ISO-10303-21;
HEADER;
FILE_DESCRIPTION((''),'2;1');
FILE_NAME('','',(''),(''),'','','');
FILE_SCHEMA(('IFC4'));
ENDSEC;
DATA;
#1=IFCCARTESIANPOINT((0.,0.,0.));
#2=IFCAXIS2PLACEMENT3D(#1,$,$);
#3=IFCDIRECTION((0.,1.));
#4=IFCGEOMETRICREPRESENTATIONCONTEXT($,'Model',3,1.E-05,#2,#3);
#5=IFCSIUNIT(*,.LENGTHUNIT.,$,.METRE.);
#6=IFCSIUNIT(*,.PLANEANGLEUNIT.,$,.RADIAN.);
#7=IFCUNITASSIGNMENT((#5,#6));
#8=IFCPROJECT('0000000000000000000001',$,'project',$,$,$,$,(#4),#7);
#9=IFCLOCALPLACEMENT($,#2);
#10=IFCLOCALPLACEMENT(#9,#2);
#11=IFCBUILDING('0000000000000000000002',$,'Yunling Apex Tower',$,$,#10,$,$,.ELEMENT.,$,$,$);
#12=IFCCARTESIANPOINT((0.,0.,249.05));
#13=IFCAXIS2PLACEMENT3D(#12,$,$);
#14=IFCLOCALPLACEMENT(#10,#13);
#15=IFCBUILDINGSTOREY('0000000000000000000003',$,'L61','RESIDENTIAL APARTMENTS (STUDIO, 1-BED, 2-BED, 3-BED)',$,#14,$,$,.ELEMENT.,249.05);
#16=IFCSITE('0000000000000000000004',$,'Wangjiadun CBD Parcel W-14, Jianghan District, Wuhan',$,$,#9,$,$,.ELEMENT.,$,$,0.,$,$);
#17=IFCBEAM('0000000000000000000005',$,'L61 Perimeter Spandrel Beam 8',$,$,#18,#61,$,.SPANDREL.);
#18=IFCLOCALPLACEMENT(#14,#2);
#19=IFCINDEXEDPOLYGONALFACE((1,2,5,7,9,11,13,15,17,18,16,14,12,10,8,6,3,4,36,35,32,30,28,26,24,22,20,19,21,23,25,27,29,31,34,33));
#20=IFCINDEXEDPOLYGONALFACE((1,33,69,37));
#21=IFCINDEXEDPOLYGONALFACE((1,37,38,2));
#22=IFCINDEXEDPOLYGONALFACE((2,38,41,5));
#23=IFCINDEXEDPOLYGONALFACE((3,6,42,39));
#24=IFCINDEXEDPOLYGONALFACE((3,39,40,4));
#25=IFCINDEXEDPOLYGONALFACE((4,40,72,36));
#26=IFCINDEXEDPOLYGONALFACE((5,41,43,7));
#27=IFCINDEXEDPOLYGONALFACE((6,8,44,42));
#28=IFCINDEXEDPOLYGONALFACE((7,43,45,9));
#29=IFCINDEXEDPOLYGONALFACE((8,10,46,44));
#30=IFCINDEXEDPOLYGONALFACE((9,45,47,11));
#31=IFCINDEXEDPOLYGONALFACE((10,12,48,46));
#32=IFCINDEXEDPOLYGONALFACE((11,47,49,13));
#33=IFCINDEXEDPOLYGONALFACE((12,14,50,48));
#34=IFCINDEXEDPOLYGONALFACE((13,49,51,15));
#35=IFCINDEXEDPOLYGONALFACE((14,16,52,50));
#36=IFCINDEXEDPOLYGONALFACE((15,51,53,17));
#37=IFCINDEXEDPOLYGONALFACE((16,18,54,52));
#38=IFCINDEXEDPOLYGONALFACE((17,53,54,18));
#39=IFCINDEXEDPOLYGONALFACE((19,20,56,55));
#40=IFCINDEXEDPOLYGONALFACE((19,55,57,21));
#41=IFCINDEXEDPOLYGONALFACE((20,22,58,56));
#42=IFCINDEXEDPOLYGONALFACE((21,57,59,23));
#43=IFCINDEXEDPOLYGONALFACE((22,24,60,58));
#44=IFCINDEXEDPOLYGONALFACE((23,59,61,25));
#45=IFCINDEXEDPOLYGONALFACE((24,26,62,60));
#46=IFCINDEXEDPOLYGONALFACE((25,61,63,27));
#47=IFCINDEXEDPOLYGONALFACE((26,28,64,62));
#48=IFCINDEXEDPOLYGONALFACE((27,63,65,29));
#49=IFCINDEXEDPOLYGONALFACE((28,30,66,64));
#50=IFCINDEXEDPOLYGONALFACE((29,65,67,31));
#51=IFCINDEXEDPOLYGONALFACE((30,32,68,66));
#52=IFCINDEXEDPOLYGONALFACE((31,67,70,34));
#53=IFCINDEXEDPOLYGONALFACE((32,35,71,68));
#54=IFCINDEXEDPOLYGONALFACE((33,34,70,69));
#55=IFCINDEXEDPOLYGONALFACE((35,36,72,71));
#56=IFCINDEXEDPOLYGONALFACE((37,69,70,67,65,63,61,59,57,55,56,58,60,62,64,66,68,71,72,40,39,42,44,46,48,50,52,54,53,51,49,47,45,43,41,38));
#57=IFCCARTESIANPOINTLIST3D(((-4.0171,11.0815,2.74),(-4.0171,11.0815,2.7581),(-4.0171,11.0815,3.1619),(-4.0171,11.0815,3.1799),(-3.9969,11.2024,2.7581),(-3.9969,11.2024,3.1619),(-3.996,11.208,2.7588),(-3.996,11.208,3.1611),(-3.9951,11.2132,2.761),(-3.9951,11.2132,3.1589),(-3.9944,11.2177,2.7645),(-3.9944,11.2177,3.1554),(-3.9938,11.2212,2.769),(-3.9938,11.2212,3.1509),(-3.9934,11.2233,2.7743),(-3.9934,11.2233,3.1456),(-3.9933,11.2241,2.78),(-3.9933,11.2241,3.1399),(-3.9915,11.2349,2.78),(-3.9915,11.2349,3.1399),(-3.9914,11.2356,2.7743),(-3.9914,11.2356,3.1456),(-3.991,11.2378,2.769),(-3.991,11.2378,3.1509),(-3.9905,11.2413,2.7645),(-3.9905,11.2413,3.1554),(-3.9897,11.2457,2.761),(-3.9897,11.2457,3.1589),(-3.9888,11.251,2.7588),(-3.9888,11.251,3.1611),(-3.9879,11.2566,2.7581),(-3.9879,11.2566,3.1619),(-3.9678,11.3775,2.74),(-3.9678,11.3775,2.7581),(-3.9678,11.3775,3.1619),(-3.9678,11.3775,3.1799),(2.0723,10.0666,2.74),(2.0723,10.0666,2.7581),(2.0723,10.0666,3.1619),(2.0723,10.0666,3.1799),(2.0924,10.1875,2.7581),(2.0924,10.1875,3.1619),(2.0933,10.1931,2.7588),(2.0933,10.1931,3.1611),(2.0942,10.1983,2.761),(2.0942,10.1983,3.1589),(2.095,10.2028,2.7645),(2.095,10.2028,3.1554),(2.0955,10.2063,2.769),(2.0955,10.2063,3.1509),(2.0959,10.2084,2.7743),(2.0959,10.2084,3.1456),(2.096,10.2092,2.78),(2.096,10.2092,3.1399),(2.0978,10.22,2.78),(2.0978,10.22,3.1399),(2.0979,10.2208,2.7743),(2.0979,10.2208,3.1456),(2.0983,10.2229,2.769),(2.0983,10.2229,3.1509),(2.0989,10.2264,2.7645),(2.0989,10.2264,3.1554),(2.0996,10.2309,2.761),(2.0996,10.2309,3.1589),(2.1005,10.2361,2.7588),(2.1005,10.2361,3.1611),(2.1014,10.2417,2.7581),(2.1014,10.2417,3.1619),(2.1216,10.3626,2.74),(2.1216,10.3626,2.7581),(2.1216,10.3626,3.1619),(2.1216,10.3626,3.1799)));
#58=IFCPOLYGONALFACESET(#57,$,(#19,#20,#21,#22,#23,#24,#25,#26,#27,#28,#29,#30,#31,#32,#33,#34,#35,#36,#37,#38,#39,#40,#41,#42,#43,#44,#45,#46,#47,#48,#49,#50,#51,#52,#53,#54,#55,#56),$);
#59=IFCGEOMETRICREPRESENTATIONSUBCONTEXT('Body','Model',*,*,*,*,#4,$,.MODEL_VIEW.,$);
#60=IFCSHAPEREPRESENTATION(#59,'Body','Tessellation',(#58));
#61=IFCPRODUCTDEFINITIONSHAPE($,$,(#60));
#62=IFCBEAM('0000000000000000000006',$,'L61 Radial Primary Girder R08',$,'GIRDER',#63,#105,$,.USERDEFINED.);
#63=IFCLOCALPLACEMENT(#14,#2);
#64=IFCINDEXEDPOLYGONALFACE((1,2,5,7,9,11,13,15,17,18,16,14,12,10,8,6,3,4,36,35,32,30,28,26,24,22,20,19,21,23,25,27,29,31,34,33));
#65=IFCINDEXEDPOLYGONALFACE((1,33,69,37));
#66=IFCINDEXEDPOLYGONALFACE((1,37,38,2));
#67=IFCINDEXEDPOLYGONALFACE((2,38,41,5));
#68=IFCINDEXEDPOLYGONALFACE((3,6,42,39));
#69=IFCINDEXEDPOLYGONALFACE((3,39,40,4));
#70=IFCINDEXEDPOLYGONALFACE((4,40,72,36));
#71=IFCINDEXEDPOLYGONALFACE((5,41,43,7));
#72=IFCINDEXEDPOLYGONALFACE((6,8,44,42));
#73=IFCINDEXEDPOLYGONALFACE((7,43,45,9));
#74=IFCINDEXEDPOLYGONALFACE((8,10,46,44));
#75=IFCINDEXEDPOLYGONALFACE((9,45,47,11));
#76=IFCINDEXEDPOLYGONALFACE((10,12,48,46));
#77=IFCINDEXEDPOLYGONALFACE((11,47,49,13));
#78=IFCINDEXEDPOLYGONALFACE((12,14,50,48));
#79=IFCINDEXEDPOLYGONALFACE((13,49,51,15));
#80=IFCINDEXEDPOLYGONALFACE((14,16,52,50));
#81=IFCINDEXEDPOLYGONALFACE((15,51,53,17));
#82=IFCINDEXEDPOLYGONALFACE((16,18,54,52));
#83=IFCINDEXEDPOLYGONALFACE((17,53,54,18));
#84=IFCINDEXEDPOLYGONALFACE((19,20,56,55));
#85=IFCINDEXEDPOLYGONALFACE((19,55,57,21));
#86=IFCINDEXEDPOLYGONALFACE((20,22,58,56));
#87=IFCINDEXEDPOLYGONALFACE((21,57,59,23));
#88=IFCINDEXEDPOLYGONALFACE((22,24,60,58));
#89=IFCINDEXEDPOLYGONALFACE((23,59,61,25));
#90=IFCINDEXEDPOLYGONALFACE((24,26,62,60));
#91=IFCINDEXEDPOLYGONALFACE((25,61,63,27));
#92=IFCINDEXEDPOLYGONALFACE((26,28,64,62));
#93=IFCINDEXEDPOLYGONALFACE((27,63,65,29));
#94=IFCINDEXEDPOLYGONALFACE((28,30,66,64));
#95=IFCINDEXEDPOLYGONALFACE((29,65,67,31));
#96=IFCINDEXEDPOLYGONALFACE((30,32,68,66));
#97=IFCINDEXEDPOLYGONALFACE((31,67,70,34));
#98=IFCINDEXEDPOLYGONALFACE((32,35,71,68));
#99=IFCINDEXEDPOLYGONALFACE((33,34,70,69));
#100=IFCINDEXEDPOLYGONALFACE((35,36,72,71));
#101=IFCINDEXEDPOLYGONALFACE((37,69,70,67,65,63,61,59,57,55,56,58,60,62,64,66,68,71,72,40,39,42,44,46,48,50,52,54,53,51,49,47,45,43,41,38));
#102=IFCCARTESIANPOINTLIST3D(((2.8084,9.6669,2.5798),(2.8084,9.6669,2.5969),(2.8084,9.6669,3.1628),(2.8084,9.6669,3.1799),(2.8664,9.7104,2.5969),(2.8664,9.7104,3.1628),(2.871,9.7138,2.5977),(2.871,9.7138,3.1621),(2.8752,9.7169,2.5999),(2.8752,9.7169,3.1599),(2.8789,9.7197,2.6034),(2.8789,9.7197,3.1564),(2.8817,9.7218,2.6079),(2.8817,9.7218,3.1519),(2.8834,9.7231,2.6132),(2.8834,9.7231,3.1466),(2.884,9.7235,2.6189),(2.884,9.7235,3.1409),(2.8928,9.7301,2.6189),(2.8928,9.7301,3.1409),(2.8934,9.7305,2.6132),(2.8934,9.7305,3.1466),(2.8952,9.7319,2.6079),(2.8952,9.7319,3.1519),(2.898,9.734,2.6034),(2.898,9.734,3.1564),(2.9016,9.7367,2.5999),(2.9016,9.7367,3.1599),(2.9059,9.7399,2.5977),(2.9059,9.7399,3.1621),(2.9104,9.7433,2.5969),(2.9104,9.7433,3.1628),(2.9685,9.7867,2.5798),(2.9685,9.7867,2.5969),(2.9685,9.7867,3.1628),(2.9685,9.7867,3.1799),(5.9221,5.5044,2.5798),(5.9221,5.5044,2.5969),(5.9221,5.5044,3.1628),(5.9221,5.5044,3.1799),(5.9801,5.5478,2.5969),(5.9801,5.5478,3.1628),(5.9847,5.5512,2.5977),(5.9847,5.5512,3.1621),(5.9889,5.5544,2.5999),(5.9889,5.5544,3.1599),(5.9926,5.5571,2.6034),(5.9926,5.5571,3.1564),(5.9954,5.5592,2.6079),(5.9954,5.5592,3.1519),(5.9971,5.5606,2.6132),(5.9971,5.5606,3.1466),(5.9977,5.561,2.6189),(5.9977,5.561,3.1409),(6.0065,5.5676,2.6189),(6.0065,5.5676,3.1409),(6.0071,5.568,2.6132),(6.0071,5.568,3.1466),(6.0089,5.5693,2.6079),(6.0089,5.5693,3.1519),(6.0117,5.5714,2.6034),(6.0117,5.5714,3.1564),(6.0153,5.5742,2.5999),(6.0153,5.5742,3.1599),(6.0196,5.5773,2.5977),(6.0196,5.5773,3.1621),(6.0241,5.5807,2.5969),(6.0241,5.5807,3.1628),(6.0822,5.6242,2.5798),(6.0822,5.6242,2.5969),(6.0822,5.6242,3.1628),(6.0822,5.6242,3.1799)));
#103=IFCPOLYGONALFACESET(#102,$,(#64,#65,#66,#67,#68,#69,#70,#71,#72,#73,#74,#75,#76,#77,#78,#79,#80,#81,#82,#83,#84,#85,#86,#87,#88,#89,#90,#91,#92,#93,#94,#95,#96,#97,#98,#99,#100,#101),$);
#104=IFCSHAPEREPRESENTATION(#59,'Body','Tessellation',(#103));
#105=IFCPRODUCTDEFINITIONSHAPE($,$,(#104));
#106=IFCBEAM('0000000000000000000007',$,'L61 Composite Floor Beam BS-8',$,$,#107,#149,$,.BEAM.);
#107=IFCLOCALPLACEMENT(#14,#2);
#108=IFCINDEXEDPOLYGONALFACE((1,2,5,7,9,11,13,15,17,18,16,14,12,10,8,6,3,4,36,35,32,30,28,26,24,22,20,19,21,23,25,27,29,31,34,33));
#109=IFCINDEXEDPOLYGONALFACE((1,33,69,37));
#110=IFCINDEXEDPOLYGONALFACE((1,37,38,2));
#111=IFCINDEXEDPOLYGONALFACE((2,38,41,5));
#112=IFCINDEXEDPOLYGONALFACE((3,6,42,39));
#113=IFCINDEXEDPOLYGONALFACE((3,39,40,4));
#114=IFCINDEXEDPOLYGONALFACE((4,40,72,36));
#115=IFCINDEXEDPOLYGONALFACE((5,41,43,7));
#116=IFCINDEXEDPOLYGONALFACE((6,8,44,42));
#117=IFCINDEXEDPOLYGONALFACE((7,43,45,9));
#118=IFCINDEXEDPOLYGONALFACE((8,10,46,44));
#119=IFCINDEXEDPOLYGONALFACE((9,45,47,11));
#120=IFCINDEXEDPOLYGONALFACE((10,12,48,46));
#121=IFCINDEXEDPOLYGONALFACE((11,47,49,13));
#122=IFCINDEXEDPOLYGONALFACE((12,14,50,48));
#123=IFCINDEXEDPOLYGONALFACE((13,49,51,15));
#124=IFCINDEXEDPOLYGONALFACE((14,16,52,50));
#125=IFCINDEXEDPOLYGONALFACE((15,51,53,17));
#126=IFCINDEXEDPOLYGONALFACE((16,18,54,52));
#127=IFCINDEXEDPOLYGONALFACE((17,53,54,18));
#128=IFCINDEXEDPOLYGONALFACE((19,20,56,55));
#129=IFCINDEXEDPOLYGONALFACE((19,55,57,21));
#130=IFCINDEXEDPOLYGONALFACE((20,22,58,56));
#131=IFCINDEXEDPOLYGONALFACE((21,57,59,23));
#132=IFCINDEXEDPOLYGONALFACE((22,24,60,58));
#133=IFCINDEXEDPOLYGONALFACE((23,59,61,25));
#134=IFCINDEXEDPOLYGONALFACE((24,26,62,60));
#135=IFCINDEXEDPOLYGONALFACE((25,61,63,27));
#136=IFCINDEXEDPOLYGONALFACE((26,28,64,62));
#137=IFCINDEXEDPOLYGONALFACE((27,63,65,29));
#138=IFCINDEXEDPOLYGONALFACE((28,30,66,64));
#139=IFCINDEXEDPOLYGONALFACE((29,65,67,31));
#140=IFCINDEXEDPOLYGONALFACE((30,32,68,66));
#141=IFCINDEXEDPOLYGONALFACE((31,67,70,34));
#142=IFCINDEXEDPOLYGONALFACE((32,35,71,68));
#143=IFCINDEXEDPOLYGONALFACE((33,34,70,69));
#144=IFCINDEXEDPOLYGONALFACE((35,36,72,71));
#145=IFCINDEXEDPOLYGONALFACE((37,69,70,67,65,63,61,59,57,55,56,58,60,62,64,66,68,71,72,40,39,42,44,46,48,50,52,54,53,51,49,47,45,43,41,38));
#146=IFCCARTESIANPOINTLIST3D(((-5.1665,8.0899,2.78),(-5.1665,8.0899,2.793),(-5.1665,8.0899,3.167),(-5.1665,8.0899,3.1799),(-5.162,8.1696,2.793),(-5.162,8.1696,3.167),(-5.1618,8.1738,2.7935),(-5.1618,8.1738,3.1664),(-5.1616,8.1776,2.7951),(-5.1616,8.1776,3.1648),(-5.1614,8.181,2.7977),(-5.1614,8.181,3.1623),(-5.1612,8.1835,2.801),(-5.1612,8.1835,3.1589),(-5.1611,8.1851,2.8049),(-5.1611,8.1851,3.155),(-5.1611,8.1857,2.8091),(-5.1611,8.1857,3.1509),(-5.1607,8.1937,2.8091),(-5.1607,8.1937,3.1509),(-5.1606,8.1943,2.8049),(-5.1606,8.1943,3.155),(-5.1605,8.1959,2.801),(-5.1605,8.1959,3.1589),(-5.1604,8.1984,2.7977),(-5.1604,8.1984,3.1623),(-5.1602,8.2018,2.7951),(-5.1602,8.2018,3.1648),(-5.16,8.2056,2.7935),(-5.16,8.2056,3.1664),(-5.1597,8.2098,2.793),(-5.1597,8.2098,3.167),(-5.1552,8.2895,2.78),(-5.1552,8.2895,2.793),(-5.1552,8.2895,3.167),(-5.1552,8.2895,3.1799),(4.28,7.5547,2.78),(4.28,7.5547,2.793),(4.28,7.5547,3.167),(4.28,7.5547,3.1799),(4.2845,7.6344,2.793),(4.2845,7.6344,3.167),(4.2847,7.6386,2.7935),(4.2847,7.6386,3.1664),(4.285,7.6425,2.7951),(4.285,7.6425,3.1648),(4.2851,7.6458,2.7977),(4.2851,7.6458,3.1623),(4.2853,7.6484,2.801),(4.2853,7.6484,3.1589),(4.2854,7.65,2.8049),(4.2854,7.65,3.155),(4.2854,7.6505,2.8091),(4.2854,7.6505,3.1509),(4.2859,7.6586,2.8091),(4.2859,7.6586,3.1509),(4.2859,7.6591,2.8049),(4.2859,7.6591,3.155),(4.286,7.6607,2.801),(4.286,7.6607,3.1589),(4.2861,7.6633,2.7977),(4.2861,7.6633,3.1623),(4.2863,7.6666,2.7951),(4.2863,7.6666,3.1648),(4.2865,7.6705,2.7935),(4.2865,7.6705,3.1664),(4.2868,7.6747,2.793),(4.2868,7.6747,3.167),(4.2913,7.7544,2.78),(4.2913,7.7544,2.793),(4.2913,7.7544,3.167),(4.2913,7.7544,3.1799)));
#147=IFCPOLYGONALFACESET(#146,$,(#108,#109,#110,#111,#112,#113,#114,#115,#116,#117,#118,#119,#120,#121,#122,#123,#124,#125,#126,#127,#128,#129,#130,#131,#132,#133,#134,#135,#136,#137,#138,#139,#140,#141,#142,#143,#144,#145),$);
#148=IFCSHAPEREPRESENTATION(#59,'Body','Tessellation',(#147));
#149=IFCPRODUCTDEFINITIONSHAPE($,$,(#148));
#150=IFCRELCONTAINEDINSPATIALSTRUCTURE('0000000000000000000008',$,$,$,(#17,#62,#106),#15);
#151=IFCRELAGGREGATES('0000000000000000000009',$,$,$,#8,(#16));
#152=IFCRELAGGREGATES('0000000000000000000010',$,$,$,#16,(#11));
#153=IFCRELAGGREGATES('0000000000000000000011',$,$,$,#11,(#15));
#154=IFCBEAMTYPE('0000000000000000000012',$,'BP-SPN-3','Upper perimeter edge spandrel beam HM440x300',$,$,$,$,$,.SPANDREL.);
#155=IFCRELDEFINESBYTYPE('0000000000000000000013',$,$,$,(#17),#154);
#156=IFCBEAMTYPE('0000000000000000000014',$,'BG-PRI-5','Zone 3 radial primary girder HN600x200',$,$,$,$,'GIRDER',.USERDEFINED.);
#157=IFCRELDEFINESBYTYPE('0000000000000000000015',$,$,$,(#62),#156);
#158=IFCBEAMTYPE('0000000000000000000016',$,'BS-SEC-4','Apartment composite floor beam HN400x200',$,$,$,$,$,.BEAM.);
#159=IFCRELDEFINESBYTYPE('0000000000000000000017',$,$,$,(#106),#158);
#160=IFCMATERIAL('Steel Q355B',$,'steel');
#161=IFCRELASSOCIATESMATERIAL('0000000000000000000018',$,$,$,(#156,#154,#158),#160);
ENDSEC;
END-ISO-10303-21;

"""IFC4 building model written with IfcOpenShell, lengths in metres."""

from ifc_helpers import new_model, si_unit, direction, frame, origin, origin_2d, place, context, subcontext, project, spatial, i_section, extrude, source, transform, mapped, material, material_profile, profile_set, type_object, element, save


model = new_model("IFC4")

# Units and contexts
model_context = context("Model", 3, precision=1e-05, world=origin(), true_north=direction((0.0, 1.0)))
body_context = subcontext(model_context, "Body", "Model", "MODEL_VIEW")
ifc_project = project(units=[si_unit("LENGTHUNIT", "METRE"), si_unit("PLANEANGLEUNIT", "RADIAN")], contexts=[model_context])

# Site, building, storey
site_placement = place(None, origin())
site = spatial("IfcSite", under=ifc_project, at=site_placement, Name="Wangjiadun CBD Parcel W-14, Jianghan District, Wuhan", CompositionType="ELEMENT", RefElevation=0.0)
building_placement = place(site_placement, origin())
building = spatial("IfcBuilding", under=site, at=building_placement, Name="Yunling Apex Tower", CompositionType="ELEMENT")
storey_placement = place(building_placement, frame((0.0, 0.0, 249.05)))
storey = spatial("IfcBuildingStorey", under=building, at=storey_placement, Name="L61", Description="RESIDENTIAL APARTMENTS (STUDIO, 1-BED, 2-BED, 3-BED)", CompositionType="ELEMENT", Elevation=249.05)

# Beams
ifc_material_1 = material(Name="Steel Q355B", Category="steel")
ifc_material_profile_1 = material_profile(ifc_material_1, i_section(OverallWidth=0.2, OverallDepth=0.6001, WebThickness=0.011, FlangeThickness=0.0171, FilletRadius=0.022, at=origin_2d()))
ifc_profile_set_1 = profile_set([ifc_material_profile_1], Name="Steel Q355B")
beam_type_1 = type_object("IfcBeamType", Name="BG-PRI-5", Description="Zone 3 radial primary girder HN600x200", ElementType="GIRDER", PredefinedType="USERDEFINED", material=ifc_profile_set_1)
ifc_material_profile_2 = material_profile(ifc_material_1, i_section(OverallWidth=0.3, OverallDepth=0.4399, WebThickness=0.011, FlangeThickness=0.0181, FilletRadius=0.022, at=origin_2d()))
ifc_profile_set_2 = profile_set([ifc_material_profile_2], Name="Steel Q355B")
beam_type_2 = type_object("IfcBeamType", Name="BP-SPN-3", Description="Upper perimeter edge spandrel beam HM440x300", PredefinedType="SPANDREL", material=ifc_profile_set_2)
shared_shape_1 = source(origin(), body_context, "Body", "SweptSolid", [
    extrude(i_section(OverallWidth=0.3, OverallDepth=0.4399, WebThickness=0.011, FlangeThickness=0.0181, FilletRadius=0.022, at=origin_2d()), origin(), (0.0, 0.0, 1.0), 6.1733),
])
beam_1_placement = place(storey_placement, frame((2.0969, 10.2146, 2.96), z_axis=(-0.986394, 0.164399, 0.0), x_axis=(-0.164399, -0.986394, 0.0)))
element("IfcBeam", 1, at=beam_1_placement, inside=storey, type_object=beam_type_2, Name="L61 Perimeter Spandrel Beam 8", PredefinedType="SPANDREL", context=body_context, shape_type="MappedRepresentation", body=[
    mapped(shared_shape_1, transform((0.0, 0.0, 0.0), scale=1.0)),
])
shared_shape_2 = source(origin(), body_context, "Body", "SweptSolid", [
    extrude(i_section(OverallWidth=0.2, OverallDepth=0.6001, WebThickness=0.011, FlangeThickness=0.0171, FilletRadius=0.022, at=origin_2d()), origin(), (0.0, 0.0, 1.0), 5.1982),
])
beam_2_placement = place(storey_placement, frame((2.8884, 9.7268, 2.8799), z_axis=(0.598993, -0.800755, 0.0), x_axis=(0.800755, 0.598993, 0.0)))
element("IfcBeam", 2, at=beam_2_placement, inside=storey, type_object=beam_type_1, Name="L61 Radial Primary Girder R08", ObjectType="GIRDER", PredefinedType="USERDEFINED", context=body_context, shape_type="MappedRepresentation", body=[
    mapped(shared_shape_2, transform((0.0, 0.0, 0.0), scale=1.0)),
])
ifc_material_profile_3 = material_profile(ifc_material_1, i_section(OverallWidth=0.2, OverallDepth=0.3999, WebThickness=0.0081, FlangeThickness=0.0129, FilletRadius=0.0161, at=origin_2d()))
ifc_profile_set_3 = profile_set([ifc_material_profile_3], Name="Steel Q355B")
beam_type_3 = type_object("IfcBeamType", Name="BS-SEC-4", Description="Apartment composite floor beam HN400x200", PredefinedType="BEAM", material=ifc_profile_set_3)
shared_shape_3 = source(origin(), body_context, "Body", "SweptSolid", [
    extrude(i_section(OverallWidth=0.2, OverallDepth=0.3999, WebThickness=0.0081, FlangeThickness=0.0129, FilletRadius=0.0161, at=origin_2d()), origin(), (0.0, 0.0, 1.0), 9.4617),
])
beam_3_placement = place(storey_placement, frame((4.2856, 7.6545, 2.98), z_axis=(-0.998399, 0.05656, 0.0), x_axis=(-0.05656, -0.998399, 0.0)))
element("IfcBeam", 3, at=beam_3_placement, inside=storey, type_object=beam_type_3, Name="L61 Composite Floor Beam BS-8", PredefinedType="BEAM", context=body_context, shape_type="MappedRepresentation", body=[
    mapped(shared_shape_3, transform((0.0, 0.0, 0.0), scale=1.0)),
])

save(model, "model.ifc")
